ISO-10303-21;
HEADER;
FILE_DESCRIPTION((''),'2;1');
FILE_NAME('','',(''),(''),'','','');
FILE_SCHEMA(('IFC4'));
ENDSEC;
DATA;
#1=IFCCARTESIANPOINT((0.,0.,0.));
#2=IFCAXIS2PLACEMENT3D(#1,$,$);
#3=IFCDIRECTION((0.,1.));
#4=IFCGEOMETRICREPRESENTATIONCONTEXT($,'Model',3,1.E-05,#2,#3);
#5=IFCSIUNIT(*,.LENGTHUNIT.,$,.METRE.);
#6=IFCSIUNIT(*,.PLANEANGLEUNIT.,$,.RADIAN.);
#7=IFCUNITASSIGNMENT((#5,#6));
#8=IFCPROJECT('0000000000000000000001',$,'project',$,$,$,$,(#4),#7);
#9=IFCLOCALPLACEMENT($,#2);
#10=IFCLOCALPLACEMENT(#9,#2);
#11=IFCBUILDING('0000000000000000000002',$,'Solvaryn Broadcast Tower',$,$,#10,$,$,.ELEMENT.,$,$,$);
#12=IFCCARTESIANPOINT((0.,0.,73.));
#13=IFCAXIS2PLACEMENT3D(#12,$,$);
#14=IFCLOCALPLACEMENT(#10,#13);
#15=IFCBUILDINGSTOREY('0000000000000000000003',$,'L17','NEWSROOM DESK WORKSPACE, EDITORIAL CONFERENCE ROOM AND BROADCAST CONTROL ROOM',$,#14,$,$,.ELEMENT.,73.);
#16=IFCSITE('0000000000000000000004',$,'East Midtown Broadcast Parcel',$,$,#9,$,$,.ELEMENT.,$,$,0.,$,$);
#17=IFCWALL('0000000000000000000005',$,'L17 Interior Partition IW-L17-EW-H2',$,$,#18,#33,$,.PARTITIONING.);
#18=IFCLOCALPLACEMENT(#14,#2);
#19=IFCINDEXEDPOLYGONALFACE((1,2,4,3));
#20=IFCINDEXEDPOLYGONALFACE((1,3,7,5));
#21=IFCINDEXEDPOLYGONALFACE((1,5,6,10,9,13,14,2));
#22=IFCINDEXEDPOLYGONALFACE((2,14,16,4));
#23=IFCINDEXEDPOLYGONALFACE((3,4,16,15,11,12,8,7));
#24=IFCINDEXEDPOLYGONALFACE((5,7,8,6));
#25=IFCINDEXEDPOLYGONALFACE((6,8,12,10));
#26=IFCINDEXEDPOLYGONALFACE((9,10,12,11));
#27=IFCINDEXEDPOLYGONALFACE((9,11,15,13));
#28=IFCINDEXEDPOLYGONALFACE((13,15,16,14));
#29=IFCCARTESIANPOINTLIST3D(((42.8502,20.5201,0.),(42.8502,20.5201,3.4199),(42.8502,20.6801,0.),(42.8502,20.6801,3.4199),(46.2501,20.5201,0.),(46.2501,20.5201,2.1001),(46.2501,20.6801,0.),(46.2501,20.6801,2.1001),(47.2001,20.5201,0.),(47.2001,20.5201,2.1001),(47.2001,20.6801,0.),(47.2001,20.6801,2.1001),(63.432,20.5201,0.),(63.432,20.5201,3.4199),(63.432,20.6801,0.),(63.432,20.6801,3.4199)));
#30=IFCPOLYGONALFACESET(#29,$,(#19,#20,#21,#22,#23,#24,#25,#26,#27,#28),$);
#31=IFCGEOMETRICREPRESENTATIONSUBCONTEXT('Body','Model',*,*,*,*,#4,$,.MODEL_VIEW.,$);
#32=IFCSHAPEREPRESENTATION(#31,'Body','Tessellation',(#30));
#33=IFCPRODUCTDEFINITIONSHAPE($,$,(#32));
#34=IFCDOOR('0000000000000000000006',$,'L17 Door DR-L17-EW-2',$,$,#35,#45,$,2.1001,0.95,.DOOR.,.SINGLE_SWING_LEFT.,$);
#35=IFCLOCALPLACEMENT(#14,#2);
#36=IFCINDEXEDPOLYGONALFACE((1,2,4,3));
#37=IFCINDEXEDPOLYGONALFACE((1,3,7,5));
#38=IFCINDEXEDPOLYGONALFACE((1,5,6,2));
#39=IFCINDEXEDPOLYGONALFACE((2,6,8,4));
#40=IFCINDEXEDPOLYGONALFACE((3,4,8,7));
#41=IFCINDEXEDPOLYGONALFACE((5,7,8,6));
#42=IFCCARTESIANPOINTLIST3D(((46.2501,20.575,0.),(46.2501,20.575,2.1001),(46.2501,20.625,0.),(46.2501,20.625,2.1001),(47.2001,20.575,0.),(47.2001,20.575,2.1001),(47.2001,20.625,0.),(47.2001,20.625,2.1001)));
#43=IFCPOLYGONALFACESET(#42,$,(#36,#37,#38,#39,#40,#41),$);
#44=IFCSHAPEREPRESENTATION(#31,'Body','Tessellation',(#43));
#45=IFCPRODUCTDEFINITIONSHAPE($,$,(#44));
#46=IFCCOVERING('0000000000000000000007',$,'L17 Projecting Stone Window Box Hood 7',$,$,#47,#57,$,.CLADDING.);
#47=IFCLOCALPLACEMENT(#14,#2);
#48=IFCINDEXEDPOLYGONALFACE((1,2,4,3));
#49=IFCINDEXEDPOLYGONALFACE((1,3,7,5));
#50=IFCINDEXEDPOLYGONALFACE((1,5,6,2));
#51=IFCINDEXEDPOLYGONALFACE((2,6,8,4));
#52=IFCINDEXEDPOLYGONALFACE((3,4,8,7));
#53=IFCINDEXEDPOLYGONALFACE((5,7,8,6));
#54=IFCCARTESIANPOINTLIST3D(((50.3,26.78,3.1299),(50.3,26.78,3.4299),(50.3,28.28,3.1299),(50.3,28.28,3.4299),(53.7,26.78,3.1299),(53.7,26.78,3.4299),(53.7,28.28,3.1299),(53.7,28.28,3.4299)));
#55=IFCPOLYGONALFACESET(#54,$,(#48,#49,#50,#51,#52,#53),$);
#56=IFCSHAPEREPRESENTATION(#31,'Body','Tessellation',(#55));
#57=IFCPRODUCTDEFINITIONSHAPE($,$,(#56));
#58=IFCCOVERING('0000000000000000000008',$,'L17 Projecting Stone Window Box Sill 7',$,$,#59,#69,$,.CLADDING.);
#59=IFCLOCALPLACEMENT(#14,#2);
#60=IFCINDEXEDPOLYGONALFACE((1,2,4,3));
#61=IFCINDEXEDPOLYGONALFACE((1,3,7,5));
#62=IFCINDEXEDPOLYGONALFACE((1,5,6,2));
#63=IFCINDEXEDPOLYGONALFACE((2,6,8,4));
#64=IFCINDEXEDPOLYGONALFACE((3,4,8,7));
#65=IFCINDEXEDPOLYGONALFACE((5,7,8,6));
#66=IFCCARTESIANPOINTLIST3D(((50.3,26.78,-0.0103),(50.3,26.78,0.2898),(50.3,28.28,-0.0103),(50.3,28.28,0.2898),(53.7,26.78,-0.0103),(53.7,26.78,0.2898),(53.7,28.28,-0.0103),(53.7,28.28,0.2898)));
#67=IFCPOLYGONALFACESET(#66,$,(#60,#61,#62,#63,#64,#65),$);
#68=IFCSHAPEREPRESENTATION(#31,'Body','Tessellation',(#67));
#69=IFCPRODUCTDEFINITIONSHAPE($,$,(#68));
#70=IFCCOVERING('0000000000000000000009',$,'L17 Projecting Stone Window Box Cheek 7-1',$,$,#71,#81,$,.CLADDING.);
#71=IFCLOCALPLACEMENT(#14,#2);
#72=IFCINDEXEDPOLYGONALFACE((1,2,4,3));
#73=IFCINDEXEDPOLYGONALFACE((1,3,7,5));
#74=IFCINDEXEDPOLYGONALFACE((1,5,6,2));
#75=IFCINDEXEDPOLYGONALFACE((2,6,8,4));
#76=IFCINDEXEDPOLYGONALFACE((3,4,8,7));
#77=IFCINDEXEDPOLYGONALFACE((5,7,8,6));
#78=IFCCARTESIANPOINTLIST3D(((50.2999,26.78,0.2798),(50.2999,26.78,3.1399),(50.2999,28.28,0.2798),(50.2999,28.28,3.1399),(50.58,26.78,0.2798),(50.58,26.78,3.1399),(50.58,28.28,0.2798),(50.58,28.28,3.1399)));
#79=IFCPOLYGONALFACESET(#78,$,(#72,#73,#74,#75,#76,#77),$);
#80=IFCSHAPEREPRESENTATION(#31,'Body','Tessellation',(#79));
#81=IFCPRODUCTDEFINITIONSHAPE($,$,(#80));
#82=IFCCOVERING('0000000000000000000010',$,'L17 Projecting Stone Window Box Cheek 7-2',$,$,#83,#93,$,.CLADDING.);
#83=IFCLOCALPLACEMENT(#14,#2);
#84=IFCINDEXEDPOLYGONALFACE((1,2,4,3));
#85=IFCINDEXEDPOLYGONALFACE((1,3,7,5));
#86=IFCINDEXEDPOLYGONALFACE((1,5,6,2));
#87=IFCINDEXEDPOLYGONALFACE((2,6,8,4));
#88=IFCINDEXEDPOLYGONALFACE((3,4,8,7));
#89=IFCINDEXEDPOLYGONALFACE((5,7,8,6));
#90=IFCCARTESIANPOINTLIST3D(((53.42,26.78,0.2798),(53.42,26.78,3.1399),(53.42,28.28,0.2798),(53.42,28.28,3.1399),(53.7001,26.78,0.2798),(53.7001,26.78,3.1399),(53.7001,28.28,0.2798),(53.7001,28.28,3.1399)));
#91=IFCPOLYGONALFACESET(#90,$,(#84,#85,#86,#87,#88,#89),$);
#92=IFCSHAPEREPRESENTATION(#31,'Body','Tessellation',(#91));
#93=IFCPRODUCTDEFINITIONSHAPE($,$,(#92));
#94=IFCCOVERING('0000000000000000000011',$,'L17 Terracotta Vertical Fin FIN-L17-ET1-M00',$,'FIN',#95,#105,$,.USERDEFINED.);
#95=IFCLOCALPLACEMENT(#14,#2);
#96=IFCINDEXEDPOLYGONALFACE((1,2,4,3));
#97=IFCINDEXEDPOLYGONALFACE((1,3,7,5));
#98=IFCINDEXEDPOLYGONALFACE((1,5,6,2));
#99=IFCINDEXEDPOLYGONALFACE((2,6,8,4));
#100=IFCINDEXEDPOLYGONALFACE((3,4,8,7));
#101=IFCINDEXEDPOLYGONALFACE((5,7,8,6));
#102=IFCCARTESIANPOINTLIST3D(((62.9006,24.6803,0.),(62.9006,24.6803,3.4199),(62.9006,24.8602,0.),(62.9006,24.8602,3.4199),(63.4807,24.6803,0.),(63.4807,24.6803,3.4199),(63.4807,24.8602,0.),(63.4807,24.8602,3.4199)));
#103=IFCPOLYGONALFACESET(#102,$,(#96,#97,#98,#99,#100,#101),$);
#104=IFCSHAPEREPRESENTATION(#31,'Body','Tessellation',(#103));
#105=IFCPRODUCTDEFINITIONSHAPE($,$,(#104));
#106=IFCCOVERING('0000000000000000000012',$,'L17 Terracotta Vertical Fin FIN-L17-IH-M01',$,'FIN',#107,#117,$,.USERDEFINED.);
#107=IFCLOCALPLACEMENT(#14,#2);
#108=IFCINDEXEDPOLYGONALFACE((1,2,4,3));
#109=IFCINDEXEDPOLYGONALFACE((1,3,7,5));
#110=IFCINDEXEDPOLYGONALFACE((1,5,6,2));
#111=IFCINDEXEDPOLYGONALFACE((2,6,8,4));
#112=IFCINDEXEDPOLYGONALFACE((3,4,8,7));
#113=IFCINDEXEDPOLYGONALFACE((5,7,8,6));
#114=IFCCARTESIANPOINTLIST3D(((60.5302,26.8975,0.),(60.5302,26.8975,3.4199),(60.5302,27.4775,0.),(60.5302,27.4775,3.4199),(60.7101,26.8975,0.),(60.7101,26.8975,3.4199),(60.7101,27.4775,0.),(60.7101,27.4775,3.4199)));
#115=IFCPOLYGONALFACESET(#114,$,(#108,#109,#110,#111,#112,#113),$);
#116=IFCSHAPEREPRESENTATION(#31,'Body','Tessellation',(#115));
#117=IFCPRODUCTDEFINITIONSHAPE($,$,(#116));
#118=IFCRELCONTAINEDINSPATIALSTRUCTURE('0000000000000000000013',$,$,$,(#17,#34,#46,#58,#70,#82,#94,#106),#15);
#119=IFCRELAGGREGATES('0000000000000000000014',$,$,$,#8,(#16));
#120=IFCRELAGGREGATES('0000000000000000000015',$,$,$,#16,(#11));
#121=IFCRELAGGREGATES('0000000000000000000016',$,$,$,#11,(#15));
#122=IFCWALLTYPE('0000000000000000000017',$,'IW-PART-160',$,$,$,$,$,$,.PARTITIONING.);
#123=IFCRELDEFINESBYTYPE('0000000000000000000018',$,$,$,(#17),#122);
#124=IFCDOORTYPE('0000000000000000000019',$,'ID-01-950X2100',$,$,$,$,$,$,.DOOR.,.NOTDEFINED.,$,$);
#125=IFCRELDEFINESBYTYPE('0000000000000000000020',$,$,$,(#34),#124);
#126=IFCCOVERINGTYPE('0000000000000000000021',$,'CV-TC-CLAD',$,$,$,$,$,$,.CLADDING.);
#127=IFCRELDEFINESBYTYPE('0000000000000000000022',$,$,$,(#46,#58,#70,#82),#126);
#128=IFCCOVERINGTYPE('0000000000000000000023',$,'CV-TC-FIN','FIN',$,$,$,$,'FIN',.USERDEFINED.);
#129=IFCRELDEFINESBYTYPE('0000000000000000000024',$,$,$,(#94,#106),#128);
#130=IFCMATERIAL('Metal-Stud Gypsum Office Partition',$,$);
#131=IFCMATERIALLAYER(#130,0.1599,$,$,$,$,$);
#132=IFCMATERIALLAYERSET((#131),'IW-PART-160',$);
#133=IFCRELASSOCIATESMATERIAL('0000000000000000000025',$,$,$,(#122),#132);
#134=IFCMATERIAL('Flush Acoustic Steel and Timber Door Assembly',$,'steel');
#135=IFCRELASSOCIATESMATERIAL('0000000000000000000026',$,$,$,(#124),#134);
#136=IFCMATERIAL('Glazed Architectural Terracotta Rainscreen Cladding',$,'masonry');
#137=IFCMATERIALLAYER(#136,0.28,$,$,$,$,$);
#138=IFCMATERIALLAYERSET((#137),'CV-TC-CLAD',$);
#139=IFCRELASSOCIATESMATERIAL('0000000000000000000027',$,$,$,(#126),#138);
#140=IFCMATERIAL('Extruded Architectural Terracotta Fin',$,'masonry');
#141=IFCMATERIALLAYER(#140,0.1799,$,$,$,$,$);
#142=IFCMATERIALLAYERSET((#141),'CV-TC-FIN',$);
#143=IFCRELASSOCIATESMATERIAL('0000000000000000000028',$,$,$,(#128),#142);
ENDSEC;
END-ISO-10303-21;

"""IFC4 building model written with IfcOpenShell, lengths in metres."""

from ifc_helpers import new_model, si_unit, direction, frame, frame_2d, origin, origin_2d, place, context, subcontext, project, spatial, rectangle, extrude, material, layer, layer_set, type_object, element, fill, save


model = new_model("IFC4")

# Units and contexts
model_context = context("Model", 3, precision=1e-05, world=origin(), true_north=direction((0.0, 1.0)))
body_context = subcontext(model_context, "Body", "Model", "MODEL_VIEW")
ifc_project = project(units=[si_unit("LENGTHUNIT", "METRE"), si_unit("PLANEANGLEUNIT", "RADIAN")], contexts=[model_context])

# Site, building, storey
site_placement = place(None, origin())
site = spatial("IfcSite", under=ifc_project, at=site_placement, Name="East Midtown Broadcast Parcel", CompositionType="ELEMENT", RefElevation=0.0)
building_placement = place(site_placement, origin())
building = spatial("IfcBuilding", under=site, at=building_placement, Name="Solvaryn Broadcast Tower", CompositionType="ELEMENT")
storey_placement = place(building_placement, frame((0.0, 0.0, 73.0)))
storey = spatial("IfcBuildingStorey", under=building, at=storey_placement, Name="L17", Description="NEWSROOM DESK WORKSPACE, EDITORIAL CONFERENCE ROOM AND BROADCAST CONTROL ROOM", CompositionType="ELEMENT", Elevation=73.0)

# Wall, opening, door
ifc_material_1 = material(Name="Metal-Stud Gypsum Office Partition")
ifc_layer_1 = layer(ifc_material_1, 0.1599)
ifc_layer_set_1 = layer_set([ifc_layer_1], Name="IW-PART-160")
wall_type_1 = type_object("IfcWallType", Name="IW-PART-160", PredefinedType="PARTITIONING", material=ifc_layer_set_1)
wall_1_placement = place(storey_placement, frame((42.8501, 20.6001, 0.0), z_axis=(0.0, 0.0, 1.0), x_axis=(1.0, 0.0, 0.0)))
wall_1 = element("IfcWall", 1, at=wall_1_placement, inside=storey, type_object=wall_type_1, Name="L17 Interior Partition IW-L17-EW-H2", PredefinedType="PARTITIONING", context=body_context, shape_type="SweptSolid", body=[
    extrude(rectangle(XDim=20.5818, YDim=0.1599, at=frame_2d((10.291, 0.0))), origin(), (0.0, 0.0, 1.0), 3.4199),
])
opening_1_placement = place(wall_1_placement, frame((3.3999, 0.0, 0.0)))
opening_1 = element("IfcOpeningElement", 2, at=opening_1_placement, cuts=wall_1, PredefinedType="OPENING", context=body_context, shape_type="SweptSolid", body=[
    extrude(rectangle(XDim=0.95, YDim=2.1001, at=frame_2d((0.4751, 1.05))), frame((0.0, 0.0901, 0.0), z_axis=(0.0, -1.0, 0.0), x_axis=(1.0, 0.0, 0.0)), (0.0, 0.0, 1.0), 0.1799),
])
ifc_material_2 = material(Name="Flush Acoustic Steel and Timber Door Assembly", Category="steel")
door_type_1 = type_object("IfcDoorType", Name="ID-01-950X2100", OperationType="NOTDEFINED", PredefinedType="DOOR", material=ifc_material_2)
door_1_placement = place(opening_1_placement, origin())
door_1 = element("IfcDoor", 3, at=door_1_placement, inside=storey, type_object=door_type_1, Name="L17 Door DR-L17-EW-2", OperationType="SINGLE_SWING_LEFT", OverallHeight=2.1001, OverallWidth=0.95, PredefinedType="DOOR", context=body_context, shape_type="SweptSolid", body=[
    extrude(rectangle(XDim=0.95, YDim=2.1001, at=frame_2d((0.4751, 1.05))), frame((0.0, 0.0249, 0.0), z_axis=(0.0, -1.0, 0.0), x_axis=(1.0, 0.0, 0.0)), (0.0, 0.0, 1.0), 0.05),
])
fill(opening_1, door_1)

# Coverings
ifc_material_3 = material(Name="Glazed Architectural Terracotta Rainscreen Cladding", Category="masonry")
ifc_layer_2 = layer(ifc_material_3, 0.28)
ifc_layer_set_2 = layer_set([ifc_layer_2], Name="CV-TC-CLAD")
covering_type_1 = type_object("IfcCoveringType", Name="CV-TC-CLAD", PredefinedType="CLADDING", material=ifc_layer_set_2)
for number, where, z_axis, x_axis, name in (
    (4, (52.0, 27.53, 3.1299), (0.0, 0.0, 1.0), (1.0, 0.0, 0.0), "L17 Projecting Stone Window Box Hood 7"),
    (5, (52.0, 27.53, -0.0103), (0.0, 0.0, 1.0), (1.0, 0.0, 0.0), "L17 Projecting Stone Window Box Sill 7"),
):
    element("IfcCovering", number, at=place(storey_placement, frame(where, z_axis=z_axis, x_axis=x_axis)), inside=storey, type_object=covering_type_1, Name=name, PredefinedType="CLADDING", context=body_context, shape_type="SweptSolid", body=[
        extrude(rectangle(XDim=3.3999, YDim=1.5, at=origin_2d()), origin(), (0.0, 0.0, 1.0), 0.3),
    ])
for number, where, z_axis, x_axis, name in (
    (6, (50.4399, 27.53, 0.2798), (0.0, 0.0, 1.0), (1.0, 0.0, 0.0), "L17 Projecting Stone Window Box Cheek 7-1"),
    (7, (53.5601, 27.53, 0.2798), (0.0, 0.0, 1.0), (1.0, 0.0, 0.0), "L17 Projecting Stone Window Box Cheek 7-2"),
):
    element("IfcCovering", number, at=place(storey_placement, frame(where, z_axis=z_axis, x_axis=x_axis)), inside=storey, type_object=covering_type_1, Name=name, PredefinedType="CLADDING", context=body_context, shape_type="SweptSolid", body=[
        extrude(rectangle(XDim=0.28, YDim=1.5, at=origin_2d()), origin(), (0.0, 0.0, 1.0), 2.8601),
    ])
ifc_material_4 = material(Name="Extruded Architectural Terracotta Fin", Category="masonry")
ifc_layer_3 = layer(ifc_material_4, 0.1799)
ifc_layer_set_3 = layer_set([ifc_layer_3], Name="CV-TC-FIN")
covering_type_2 = type_object("IfcCoveringType", Name="CV-TC-FIN", Description="FIN", ElementType="FIN", PredefinedType="USERDEFINED", material=ifc_layer_set_3)
covering_1_placement = place(storey_placement, frame((63.1907, 24.7703, 0.0), z_axis=(0.0, 0.0, 1.0), x_axis=(1.0, 0.0, 0.0)))
element("IfcCovering", 8, at=covering_1_placement, inside=storey, type_object=covering_type_2, Name="L17 Terracotta Vertical Fin FIN-L17-ET1-M00", ObjectType="FIN", PredefinedType="USERDEFINED", context=body_context, shape_type="SweptSolid", body=[
    extrude(rectangle(XDim=0.5801, YDim=0.1799, at=origin_2d()), origin(), (0.0, 0.0, 1.0), 3.4199),
])
covering_2_placement = place(storey_placement, frame((60.6201, 27.1875, 0.0), z_axis=(0.0, 0.0, 1.0), x_axis=(1.0, 0.0, 0.0)))
element("IfcCovering", 9, at=covering_2_placement, inside=storey, type_object=covering_type_2, Name="L17 Terracotta Vertical Fin FIN-L17-IH-M01", ObjectType="FIN", PredefinedType="USERDEFINED", context=body_context, shape_type="SweptSolid", body=[
    extrude(rectangle(XDim=0.1799, YDim=0.5801, at=origin_2d()), origin(), (0.0, 0.0, 1.0), 3.4199),
])

save(model, "model.ifc")
